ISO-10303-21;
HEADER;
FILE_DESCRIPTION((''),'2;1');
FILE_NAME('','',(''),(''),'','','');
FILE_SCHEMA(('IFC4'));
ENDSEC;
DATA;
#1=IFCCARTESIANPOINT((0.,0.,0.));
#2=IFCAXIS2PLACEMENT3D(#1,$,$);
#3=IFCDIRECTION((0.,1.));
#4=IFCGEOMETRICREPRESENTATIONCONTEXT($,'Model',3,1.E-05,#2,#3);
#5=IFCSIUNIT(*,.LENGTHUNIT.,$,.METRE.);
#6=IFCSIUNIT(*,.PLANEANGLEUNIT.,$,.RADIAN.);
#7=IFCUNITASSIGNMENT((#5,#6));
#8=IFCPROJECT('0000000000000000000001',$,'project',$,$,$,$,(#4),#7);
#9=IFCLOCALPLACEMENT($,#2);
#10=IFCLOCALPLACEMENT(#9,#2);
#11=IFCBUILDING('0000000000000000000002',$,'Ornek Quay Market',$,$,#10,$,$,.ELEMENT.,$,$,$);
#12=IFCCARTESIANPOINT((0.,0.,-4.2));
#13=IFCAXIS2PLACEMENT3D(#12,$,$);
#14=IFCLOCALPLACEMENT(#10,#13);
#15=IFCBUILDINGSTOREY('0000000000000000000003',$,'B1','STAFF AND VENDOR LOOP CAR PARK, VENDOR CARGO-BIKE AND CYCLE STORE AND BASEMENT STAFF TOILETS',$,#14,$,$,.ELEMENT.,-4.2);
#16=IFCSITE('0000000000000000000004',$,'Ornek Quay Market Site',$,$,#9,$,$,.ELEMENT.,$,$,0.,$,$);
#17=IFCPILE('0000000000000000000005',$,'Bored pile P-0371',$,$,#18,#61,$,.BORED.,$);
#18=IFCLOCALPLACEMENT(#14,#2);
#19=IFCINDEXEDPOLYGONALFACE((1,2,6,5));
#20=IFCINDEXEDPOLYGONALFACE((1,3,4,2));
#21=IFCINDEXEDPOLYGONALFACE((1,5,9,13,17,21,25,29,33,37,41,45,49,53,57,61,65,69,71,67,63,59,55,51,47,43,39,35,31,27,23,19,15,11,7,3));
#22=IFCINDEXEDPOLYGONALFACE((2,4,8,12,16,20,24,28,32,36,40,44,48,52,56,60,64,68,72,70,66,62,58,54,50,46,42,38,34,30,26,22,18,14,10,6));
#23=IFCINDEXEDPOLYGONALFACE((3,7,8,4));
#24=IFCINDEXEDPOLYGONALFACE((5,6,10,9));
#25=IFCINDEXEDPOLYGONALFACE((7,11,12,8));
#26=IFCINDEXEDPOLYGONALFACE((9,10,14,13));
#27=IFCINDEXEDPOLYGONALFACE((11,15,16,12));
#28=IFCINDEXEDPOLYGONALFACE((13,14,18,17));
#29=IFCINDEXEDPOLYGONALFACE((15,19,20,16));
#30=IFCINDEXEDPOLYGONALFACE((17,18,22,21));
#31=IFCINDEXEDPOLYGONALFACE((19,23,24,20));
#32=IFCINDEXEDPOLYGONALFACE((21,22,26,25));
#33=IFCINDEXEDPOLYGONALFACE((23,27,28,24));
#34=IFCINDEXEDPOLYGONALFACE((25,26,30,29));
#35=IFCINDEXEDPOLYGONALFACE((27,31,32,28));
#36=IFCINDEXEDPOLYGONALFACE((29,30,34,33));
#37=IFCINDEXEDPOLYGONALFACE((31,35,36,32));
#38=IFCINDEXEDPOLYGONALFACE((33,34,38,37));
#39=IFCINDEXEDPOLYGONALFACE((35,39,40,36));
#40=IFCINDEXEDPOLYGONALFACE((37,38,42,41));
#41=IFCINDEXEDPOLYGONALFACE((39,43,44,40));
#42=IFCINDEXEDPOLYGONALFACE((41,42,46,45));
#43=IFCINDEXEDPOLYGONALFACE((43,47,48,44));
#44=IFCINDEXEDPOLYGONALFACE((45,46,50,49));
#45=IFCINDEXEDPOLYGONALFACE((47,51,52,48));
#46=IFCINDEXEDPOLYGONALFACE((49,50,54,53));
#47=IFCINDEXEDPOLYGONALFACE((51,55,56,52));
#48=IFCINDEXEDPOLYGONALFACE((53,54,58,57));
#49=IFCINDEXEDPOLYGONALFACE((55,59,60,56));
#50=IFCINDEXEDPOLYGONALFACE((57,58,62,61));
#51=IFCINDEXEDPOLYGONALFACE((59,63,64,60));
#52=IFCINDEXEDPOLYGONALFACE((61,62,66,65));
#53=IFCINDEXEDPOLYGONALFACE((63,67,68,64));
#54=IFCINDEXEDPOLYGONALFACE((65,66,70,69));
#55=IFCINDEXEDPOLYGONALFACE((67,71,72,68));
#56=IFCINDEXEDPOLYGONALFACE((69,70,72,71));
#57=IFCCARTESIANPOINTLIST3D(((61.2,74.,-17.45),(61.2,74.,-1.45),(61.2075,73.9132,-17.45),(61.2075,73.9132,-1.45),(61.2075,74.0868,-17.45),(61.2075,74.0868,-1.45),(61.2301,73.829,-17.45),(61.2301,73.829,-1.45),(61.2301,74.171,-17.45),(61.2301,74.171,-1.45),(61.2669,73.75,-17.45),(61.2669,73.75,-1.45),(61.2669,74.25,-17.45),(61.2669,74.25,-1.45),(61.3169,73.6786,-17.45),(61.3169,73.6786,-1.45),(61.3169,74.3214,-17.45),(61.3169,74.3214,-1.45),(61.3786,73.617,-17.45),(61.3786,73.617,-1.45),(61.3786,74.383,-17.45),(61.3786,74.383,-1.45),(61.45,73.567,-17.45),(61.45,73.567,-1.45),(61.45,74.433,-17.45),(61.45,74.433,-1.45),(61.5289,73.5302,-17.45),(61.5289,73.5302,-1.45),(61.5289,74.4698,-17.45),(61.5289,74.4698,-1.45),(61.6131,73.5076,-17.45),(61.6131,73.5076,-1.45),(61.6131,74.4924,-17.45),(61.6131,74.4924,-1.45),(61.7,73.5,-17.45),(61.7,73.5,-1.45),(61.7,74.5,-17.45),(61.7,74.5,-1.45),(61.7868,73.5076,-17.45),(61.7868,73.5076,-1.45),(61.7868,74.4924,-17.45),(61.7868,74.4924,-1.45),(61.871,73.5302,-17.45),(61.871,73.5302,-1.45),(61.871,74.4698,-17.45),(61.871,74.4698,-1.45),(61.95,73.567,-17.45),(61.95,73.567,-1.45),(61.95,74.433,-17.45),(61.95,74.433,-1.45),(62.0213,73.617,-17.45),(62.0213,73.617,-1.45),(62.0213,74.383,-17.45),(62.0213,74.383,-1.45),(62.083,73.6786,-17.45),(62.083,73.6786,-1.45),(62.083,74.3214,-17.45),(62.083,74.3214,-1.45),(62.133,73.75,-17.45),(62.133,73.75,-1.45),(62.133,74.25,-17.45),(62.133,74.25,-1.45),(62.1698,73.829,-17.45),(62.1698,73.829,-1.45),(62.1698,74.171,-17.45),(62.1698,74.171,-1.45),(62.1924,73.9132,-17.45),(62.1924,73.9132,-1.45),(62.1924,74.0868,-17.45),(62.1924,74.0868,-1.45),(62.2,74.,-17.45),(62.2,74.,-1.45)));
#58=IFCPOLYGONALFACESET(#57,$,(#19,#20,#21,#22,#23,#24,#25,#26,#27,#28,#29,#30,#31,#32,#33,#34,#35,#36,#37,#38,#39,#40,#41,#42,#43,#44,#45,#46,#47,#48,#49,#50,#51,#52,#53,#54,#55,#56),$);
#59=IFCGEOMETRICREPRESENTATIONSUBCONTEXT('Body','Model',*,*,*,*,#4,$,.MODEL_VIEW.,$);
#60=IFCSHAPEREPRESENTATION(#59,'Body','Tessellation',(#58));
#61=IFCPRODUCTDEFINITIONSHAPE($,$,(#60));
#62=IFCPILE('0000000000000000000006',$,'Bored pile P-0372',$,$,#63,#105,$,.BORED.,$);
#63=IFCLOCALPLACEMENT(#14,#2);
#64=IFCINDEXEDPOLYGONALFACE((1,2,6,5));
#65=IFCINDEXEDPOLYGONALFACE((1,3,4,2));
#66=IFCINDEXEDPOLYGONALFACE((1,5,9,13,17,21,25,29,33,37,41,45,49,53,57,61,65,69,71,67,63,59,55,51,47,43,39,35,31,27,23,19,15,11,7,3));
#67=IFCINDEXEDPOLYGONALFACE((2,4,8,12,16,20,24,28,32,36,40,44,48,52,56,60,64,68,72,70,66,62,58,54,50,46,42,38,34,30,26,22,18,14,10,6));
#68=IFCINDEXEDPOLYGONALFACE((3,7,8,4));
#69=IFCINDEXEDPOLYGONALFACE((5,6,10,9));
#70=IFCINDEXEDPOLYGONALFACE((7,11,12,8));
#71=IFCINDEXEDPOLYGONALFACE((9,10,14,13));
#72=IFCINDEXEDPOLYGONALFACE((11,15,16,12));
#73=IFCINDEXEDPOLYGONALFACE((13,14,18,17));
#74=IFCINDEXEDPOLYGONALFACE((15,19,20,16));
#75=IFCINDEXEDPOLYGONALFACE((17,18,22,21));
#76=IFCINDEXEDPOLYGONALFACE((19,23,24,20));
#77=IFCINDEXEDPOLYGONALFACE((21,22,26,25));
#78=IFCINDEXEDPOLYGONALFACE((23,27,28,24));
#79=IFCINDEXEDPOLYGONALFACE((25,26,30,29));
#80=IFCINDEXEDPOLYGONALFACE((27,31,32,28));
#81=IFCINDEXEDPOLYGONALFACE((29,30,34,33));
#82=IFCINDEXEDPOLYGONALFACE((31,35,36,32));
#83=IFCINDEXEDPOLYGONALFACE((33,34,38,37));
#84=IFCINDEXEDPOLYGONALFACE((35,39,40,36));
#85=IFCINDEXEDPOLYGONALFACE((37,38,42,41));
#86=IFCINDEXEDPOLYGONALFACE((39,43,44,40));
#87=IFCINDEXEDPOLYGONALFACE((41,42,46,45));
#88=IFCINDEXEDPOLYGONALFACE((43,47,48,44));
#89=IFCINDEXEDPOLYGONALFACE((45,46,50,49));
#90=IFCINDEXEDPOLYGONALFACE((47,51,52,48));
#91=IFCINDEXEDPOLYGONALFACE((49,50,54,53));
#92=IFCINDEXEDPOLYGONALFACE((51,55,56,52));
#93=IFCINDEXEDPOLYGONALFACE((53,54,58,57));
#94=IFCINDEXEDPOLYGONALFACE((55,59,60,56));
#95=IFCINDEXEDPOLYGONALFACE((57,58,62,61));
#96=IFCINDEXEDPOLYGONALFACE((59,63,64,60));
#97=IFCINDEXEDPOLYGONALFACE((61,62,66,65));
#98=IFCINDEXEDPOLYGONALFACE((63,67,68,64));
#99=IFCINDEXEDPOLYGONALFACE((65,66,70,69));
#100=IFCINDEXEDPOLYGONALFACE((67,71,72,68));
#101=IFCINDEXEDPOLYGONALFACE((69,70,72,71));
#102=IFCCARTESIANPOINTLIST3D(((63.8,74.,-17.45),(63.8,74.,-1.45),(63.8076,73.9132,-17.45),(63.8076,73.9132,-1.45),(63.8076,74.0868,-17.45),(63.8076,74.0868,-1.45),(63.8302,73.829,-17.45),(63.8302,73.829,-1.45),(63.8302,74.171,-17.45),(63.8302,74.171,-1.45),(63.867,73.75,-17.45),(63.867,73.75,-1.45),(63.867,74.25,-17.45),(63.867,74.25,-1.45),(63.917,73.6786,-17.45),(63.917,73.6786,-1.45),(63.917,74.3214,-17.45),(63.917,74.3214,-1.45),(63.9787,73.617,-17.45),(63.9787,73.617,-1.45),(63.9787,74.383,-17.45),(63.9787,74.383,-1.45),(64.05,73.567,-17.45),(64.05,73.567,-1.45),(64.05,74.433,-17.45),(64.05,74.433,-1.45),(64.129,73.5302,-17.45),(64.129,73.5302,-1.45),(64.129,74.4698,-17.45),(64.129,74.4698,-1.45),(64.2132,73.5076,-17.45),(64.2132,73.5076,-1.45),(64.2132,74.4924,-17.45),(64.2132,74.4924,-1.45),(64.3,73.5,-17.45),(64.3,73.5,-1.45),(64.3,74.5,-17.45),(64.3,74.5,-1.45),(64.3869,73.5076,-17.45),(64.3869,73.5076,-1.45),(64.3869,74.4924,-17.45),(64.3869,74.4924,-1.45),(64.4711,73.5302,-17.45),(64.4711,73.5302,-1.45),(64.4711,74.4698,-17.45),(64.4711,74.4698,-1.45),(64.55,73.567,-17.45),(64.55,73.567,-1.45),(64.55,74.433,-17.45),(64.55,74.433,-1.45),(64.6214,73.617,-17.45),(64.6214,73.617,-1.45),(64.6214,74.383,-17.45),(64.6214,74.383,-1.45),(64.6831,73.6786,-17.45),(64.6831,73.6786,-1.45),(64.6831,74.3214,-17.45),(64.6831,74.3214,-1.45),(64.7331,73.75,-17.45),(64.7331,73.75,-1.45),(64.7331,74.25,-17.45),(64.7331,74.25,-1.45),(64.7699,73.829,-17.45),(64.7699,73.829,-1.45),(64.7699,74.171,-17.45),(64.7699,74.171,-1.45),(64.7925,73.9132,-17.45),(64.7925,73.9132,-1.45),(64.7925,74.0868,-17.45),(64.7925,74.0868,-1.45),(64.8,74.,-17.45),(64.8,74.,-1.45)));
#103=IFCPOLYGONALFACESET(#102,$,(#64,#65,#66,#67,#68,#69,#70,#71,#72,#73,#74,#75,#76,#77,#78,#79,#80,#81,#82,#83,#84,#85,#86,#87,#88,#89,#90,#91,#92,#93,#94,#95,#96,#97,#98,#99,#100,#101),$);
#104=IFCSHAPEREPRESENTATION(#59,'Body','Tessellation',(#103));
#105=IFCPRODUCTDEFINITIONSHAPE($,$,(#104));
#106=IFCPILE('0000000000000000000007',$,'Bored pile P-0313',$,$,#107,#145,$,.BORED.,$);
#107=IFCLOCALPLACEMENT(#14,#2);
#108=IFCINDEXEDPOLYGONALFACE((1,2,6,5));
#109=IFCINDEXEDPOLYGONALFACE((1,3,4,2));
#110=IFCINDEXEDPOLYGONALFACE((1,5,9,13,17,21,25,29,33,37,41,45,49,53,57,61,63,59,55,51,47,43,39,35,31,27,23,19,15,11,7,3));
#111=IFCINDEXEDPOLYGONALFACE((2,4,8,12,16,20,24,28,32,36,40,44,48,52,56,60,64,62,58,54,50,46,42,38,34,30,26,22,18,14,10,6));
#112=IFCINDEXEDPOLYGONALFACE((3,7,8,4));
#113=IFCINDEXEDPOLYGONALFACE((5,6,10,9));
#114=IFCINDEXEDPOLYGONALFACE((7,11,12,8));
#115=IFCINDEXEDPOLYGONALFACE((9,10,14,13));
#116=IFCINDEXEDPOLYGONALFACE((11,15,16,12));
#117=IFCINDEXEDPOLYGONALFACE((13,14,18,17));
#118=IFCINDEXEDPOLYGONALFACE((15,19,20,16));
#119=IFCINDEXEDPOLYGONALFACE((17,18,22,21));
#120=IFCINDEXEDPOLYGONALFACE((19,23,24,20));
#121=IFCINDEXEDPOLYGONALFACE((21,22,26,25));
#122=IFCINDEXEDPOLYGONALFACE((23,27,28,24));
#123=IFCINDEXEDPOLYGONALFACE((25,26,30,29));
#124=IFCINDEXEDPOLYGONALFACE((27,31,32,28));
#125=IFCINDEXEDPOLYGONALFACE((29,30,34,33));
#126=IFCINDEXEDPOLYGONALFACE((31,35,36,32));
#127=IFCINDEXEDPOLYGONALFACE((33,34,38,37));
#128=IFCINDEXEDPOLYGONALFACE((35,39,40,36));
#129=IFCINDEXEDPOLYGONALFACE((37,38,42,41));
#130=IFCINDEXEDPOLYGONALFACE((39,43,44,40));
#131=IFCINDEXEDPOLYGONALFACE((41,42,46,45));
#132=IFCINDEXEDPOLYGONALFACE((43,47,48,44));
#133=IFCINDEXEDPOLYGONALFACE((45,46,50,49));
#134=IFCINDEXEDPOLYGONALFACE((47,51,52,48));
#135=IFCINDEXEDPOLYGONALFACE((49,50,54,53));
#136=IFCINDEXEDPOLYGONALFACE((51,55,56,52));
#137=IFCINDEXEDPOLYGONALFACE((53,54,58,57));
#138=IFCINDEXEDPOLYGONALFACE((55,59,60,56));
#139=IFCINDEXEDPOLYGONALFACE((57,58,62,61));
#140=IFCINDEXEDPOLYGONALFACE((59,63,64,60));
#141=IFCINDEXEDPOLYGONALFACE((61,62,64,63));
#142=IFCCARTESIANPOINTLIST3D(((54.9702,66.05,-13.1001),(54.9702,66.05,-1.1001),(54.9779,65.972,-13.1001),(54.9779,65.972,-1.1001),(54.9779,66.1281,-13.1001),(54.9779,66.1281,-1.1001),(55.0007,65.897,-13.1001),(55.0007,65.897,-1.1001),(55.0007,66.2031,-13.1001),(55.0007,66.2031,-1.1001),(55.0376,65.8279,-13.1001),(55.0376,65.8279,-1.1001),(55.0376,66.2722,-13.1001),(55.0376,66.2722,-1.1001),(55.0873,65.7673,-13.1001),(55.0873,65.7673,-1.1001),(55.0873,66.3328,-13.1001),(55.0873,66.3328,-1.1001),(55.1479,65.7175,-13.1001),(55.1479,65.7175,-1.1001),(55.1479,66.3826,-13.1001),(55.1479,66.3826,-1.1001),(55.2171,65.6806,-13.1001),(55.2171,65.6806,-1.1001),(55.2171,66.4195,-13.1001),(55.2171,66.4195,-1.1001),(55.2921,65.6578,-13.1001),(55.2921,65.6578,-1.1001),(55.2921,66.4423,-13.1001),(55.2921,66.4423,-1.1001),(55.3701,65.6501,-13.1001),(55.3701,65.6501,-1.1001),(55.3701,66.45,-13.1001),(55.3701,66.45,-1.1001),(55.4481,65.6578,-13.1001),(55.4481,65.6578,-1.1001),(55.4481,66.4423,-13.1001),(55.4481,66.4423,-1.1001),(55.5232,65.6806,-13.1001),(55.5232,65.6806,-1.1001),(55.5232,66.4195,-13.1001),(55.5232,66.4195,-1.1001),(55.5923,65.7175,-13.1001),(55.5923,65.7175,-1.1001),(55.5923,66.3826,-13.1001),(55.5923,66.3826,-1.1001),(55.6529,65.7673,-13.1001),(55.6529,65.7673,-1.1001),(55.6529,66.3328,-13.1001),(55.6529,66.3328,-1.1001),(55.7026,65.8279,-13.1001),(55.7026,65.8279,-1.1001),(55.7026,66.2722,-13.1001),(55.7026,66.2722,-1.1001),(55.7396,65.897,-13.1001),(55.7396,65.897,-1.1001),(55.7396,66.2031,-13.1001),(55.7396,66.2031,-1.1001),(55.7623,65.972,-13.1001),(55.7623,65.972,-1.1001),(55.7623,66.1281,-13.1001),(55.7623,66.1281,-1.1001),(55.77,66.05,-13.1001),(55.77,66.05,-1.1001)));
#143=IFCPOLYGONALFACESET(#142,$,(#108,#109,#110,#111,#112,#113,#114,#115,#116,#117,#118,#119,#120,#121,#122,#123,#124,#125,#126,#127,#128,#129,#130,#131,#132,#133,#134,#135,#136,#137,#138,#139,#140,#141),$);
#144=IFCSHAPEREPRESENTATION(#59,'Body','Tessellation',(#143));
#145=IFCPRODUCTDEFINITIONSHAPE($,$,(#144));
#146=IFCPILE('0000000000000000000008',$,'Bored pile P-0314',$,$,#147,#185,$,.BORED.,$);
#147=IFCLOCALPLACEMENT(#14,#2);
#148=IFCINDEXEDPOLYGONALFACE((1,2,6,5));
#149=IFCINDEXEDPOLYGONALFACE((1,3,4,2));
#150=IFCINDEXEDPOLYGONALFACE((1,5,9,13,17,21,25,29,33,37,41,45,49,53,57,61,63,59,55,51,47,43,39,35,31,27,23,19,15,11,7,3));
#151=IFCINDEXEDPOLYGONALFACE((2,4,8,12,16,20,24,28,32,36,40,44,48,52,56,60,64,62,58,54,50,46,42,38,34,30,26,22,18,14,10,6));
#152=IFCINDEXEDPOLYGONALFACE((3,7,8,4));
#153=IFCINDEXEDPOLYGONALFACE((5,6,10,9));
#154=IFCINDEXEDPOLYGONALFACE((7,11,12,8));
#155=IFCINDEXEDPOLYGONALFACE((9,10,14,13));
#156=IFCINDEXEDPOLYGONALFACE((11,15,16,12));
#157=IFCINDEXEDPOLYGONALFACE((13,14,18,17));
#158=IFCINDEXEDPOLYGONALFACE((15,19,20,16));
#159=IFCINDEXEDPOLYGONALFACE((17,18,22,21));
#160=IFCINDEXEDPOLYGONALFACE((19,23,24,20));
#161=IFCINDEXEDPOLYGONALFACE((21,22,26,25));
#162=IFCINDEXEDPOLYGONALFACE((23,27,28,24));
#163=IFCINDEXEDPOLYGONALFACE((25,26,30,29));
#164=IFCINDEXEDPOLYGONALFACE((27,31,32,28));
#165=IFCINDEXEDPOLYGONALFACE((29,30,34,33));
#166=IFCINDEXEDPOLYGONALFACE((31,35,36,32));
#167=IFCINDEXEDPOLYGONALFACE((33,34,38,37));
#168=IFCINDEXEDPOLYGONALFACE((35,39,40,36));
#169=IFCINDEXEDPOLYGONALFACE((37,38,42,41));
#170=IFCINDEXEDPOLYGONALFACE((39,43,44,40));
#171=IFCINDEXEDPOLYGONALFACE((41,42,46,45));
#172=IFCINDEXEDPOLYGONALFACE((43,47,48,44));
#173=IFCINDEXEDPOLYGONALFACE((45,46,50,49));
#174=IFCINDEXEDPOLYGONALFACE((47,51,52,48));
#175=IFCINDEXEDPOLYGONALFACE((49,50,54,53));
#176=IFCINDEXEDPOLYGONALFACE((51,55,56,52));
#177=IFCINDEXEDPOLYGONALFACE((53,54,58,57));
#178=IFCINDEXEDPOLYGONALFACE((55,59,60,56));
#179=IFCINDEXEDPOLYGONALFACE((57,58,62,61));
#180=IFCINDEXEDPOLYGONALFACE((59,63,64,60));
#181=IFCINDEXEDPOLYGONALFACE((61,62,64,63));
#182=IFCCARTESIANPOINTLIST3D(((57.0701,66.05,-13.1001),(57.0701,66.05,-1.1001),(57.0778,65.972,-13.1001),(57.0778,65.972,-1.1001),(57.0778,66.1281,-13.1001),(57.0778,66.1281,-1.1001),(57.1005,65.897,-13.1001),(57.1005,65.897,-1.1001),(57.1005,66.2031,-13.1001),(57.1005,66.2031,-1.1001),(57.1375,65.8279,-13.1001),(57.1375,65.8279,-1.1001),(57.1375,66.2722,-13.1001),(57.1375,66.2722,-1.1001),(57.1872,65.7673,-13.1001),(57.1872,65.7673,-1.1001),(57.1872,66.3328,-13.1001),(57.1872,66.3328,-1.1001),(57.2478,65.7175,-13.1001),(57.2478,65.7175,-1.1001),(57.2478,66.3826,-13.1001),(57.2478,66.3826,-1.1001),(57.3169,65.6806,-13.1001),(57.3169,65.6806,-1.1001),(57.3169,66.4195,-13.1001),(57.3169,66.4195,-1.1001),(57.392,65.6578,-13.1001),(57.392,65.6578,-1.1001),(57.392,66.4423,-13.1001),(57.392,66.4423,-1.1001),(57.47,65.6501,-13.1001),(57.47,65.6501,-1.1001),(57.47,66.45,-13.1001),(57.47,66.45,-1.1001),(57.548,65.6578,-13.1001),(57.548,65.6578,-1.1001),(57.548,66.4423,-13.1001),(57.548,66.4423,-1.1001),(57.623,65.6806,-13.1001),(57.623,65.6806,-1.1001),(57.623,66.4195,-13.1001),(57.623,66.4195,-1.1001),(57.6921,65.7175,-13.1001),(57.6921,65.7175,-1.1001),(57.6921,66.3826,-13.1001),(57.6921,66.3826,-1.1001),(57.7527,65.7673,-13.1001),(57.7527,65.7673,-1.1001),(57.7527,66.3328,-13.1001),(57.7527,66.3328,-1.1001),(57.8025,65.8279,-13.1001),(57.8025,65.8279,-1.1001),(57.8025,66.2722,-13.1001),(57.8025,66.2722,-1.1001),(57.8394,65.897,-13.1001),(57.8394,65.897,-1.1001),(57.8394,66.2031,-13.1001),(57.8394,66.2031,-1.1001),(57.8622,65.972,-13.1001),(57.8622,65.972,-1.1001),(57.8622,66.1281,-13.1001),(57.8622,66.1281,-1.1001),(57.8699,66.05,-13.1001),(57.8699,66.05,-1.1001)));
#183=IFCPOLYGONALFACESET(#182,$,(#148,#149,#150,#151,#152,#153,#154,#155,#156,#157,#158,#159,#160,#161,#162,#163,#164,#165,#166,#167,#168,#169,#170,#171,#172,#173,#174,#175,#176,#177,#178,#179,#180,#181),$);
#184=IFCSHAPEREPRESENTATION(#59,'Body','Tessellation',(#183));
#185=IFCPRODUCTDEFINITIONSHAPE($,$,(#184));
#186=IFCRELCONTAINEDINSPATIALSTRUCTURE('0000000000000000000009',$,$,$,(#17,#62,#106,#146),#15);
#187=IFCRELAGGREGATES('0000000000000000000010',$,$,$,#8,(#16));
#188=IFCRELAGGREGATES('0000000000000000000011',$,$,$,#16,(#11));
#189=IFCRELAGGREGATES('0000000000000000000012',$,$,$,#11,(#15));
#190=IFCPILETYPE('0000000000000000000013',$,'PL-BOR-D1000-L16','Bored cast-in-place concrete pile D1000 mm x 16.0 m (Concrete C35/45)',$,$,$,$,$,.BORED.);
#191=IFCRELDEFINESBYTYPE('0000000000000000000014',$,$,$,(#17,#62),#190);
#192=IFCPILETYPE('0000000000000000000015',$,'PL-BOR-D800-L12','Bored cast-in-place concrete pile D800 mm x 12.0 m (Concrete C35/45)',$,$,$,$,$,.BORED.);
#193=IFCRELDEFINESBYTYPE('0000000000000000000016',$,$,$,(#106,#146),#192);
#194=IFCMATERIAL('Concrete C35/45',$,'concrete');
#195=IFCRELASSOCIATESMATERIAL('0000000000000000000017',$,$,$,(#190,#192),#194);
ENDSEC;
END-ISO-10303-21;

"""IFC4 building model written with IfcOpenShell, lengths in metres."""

from ifc_helpers import new_model, si_unit, direction, frame, origin, origin_2d, place, context, subcontext, project, spatial, circle, extrude, material, material_profile, profile_set, type_object, element, save


model = new_model("IFC4")

# Units and contexts
model_context = context("Model", 3, precision=1e-05, world=origin(), true_north=direction((0.0, 1.0)))
body_context = subcontext(model_context, "Body", "Model", "MODEL_VIEW")
ifc_project = project(units=[si_unit("LENGTHUNIT", "METRE"), si_unit("PLANEANGLEUNIT", "RADIAN")], contexts=[model_context])

# Site, building, storey
site_placement = place(None, origin())
site = spatial("IfcSite", under=ifc_project, at=site_placement, Name="Ornek Quay Market Site", CompositionType="ELEMENT", RefElevation=0.0)
building_placement = place(site_placement, origin())
building = spatial("IfcBuilding", under=site, at=building_placement, Name="Ornek Quay Market", CompositionType="ELEMENT")
storey_placement = place(building_placement, frame((0.0, 0.0, -4.2)))
storey = spatial("IfcBuildingStorey", under=building, at=storey_placement, Name="B1", Description="STAFF AND VENDOR LOOP CAR PARK, VENDOR CARGO-BIKE AND CYCLE STORE AND BASEMENT STAFF TOILETS", CompositionType="ELEMENT", Elevation=-4.2)

# Piles
ifc_material_1 = material(Name="Concrete C35/45", Category="concrete")
ifc_material_profile_1 = material_profile(ifc_material_1, circle(Radius=0.5, at=origin_2d()), Name="PILE D1000", Category="concrete")
ifc_profile_set_1 = profile_set([ifc_material_profile_1], Name="Concrete C35/45")
pile_type_1 = type_object("IfcPileType", Name="PL-BOR-D1000-L16", Description="Bored cast-in-place concrete pile D1000 mm x 16.0 m (Concrete C35/45)", PredefinedType="BORED", material=ifc_profile_set_1)
for number, where, z_axis, x_axis, name in (
    (1, (61.7, 74.0, -1.45), (0.0, 0.0, -1.0), (1.0, 0.0, 0.0), "Bored pile P-0371"),
    (2, (64.3, 74.0, -1.45), (0.0, 0.0, -1.0), (1.0, 0.0, 0.0), "Bored pile P-0372"),
):
    element("IfcPile", number, at=place(storey_placement, frame(where, z_axis=z_axis, x_axis=x_axis)), inside=storey, type_object=pile_type_1, Name=name, PredefinedType="BORED", context=body_context, shape_type="SweptSolid", body=[
        extrude(circle(Radius=0.5, at=origin_2d()), origin(), (0.0, 0.0, 1.0), 16.0),
    ])
ifc_material_profile_2 = material_profile(ifc_material_1, circle(Radius=0.3999, at=origin_2d()), Name="PILE D800", Category="concrete")
ifc_profile_set_2 = profile_set([ifc_material_profile_2], Name="Concrete C35/45")
pile_type_2 = type_object("IfcPileType", Name="PL-BOR-D800-L12", Description="Bored cast-in-place concrete pile D800 mm x 12.0 m (Concrete C35/45)", PredefinedType="BORED", material=ifc_profile_set_2)
for number, where, z_axis, x_axis, name in (
    (3, (55.3701, 66.05, -1.1001), (0.0, 0.0, -1.0), (1.0, 0.0, 0.0), "Bored pile P-0313"),
    (4, (57.47, 66.05, -1.1001), (0.0, 0.0, -1.0), (1.0, 0.0, 0.0), "Bored pile P-0314"),
):
    element("IfcPile", number, at=place(storey_placement, frame(where, z_axis=z_axis, x_axis=x_axis)), inside=storey, type_object=pile_type_2, Name=name, PredefinedType="BORED", context=body_context, shape_type="SweptSolid", body=[
        extrude(circle(Radius=0.3999, at=origin_2d()), origin(), (0.0, 0.0, 1.0), 12.0),
    ])

save(model, "model.ifc")
